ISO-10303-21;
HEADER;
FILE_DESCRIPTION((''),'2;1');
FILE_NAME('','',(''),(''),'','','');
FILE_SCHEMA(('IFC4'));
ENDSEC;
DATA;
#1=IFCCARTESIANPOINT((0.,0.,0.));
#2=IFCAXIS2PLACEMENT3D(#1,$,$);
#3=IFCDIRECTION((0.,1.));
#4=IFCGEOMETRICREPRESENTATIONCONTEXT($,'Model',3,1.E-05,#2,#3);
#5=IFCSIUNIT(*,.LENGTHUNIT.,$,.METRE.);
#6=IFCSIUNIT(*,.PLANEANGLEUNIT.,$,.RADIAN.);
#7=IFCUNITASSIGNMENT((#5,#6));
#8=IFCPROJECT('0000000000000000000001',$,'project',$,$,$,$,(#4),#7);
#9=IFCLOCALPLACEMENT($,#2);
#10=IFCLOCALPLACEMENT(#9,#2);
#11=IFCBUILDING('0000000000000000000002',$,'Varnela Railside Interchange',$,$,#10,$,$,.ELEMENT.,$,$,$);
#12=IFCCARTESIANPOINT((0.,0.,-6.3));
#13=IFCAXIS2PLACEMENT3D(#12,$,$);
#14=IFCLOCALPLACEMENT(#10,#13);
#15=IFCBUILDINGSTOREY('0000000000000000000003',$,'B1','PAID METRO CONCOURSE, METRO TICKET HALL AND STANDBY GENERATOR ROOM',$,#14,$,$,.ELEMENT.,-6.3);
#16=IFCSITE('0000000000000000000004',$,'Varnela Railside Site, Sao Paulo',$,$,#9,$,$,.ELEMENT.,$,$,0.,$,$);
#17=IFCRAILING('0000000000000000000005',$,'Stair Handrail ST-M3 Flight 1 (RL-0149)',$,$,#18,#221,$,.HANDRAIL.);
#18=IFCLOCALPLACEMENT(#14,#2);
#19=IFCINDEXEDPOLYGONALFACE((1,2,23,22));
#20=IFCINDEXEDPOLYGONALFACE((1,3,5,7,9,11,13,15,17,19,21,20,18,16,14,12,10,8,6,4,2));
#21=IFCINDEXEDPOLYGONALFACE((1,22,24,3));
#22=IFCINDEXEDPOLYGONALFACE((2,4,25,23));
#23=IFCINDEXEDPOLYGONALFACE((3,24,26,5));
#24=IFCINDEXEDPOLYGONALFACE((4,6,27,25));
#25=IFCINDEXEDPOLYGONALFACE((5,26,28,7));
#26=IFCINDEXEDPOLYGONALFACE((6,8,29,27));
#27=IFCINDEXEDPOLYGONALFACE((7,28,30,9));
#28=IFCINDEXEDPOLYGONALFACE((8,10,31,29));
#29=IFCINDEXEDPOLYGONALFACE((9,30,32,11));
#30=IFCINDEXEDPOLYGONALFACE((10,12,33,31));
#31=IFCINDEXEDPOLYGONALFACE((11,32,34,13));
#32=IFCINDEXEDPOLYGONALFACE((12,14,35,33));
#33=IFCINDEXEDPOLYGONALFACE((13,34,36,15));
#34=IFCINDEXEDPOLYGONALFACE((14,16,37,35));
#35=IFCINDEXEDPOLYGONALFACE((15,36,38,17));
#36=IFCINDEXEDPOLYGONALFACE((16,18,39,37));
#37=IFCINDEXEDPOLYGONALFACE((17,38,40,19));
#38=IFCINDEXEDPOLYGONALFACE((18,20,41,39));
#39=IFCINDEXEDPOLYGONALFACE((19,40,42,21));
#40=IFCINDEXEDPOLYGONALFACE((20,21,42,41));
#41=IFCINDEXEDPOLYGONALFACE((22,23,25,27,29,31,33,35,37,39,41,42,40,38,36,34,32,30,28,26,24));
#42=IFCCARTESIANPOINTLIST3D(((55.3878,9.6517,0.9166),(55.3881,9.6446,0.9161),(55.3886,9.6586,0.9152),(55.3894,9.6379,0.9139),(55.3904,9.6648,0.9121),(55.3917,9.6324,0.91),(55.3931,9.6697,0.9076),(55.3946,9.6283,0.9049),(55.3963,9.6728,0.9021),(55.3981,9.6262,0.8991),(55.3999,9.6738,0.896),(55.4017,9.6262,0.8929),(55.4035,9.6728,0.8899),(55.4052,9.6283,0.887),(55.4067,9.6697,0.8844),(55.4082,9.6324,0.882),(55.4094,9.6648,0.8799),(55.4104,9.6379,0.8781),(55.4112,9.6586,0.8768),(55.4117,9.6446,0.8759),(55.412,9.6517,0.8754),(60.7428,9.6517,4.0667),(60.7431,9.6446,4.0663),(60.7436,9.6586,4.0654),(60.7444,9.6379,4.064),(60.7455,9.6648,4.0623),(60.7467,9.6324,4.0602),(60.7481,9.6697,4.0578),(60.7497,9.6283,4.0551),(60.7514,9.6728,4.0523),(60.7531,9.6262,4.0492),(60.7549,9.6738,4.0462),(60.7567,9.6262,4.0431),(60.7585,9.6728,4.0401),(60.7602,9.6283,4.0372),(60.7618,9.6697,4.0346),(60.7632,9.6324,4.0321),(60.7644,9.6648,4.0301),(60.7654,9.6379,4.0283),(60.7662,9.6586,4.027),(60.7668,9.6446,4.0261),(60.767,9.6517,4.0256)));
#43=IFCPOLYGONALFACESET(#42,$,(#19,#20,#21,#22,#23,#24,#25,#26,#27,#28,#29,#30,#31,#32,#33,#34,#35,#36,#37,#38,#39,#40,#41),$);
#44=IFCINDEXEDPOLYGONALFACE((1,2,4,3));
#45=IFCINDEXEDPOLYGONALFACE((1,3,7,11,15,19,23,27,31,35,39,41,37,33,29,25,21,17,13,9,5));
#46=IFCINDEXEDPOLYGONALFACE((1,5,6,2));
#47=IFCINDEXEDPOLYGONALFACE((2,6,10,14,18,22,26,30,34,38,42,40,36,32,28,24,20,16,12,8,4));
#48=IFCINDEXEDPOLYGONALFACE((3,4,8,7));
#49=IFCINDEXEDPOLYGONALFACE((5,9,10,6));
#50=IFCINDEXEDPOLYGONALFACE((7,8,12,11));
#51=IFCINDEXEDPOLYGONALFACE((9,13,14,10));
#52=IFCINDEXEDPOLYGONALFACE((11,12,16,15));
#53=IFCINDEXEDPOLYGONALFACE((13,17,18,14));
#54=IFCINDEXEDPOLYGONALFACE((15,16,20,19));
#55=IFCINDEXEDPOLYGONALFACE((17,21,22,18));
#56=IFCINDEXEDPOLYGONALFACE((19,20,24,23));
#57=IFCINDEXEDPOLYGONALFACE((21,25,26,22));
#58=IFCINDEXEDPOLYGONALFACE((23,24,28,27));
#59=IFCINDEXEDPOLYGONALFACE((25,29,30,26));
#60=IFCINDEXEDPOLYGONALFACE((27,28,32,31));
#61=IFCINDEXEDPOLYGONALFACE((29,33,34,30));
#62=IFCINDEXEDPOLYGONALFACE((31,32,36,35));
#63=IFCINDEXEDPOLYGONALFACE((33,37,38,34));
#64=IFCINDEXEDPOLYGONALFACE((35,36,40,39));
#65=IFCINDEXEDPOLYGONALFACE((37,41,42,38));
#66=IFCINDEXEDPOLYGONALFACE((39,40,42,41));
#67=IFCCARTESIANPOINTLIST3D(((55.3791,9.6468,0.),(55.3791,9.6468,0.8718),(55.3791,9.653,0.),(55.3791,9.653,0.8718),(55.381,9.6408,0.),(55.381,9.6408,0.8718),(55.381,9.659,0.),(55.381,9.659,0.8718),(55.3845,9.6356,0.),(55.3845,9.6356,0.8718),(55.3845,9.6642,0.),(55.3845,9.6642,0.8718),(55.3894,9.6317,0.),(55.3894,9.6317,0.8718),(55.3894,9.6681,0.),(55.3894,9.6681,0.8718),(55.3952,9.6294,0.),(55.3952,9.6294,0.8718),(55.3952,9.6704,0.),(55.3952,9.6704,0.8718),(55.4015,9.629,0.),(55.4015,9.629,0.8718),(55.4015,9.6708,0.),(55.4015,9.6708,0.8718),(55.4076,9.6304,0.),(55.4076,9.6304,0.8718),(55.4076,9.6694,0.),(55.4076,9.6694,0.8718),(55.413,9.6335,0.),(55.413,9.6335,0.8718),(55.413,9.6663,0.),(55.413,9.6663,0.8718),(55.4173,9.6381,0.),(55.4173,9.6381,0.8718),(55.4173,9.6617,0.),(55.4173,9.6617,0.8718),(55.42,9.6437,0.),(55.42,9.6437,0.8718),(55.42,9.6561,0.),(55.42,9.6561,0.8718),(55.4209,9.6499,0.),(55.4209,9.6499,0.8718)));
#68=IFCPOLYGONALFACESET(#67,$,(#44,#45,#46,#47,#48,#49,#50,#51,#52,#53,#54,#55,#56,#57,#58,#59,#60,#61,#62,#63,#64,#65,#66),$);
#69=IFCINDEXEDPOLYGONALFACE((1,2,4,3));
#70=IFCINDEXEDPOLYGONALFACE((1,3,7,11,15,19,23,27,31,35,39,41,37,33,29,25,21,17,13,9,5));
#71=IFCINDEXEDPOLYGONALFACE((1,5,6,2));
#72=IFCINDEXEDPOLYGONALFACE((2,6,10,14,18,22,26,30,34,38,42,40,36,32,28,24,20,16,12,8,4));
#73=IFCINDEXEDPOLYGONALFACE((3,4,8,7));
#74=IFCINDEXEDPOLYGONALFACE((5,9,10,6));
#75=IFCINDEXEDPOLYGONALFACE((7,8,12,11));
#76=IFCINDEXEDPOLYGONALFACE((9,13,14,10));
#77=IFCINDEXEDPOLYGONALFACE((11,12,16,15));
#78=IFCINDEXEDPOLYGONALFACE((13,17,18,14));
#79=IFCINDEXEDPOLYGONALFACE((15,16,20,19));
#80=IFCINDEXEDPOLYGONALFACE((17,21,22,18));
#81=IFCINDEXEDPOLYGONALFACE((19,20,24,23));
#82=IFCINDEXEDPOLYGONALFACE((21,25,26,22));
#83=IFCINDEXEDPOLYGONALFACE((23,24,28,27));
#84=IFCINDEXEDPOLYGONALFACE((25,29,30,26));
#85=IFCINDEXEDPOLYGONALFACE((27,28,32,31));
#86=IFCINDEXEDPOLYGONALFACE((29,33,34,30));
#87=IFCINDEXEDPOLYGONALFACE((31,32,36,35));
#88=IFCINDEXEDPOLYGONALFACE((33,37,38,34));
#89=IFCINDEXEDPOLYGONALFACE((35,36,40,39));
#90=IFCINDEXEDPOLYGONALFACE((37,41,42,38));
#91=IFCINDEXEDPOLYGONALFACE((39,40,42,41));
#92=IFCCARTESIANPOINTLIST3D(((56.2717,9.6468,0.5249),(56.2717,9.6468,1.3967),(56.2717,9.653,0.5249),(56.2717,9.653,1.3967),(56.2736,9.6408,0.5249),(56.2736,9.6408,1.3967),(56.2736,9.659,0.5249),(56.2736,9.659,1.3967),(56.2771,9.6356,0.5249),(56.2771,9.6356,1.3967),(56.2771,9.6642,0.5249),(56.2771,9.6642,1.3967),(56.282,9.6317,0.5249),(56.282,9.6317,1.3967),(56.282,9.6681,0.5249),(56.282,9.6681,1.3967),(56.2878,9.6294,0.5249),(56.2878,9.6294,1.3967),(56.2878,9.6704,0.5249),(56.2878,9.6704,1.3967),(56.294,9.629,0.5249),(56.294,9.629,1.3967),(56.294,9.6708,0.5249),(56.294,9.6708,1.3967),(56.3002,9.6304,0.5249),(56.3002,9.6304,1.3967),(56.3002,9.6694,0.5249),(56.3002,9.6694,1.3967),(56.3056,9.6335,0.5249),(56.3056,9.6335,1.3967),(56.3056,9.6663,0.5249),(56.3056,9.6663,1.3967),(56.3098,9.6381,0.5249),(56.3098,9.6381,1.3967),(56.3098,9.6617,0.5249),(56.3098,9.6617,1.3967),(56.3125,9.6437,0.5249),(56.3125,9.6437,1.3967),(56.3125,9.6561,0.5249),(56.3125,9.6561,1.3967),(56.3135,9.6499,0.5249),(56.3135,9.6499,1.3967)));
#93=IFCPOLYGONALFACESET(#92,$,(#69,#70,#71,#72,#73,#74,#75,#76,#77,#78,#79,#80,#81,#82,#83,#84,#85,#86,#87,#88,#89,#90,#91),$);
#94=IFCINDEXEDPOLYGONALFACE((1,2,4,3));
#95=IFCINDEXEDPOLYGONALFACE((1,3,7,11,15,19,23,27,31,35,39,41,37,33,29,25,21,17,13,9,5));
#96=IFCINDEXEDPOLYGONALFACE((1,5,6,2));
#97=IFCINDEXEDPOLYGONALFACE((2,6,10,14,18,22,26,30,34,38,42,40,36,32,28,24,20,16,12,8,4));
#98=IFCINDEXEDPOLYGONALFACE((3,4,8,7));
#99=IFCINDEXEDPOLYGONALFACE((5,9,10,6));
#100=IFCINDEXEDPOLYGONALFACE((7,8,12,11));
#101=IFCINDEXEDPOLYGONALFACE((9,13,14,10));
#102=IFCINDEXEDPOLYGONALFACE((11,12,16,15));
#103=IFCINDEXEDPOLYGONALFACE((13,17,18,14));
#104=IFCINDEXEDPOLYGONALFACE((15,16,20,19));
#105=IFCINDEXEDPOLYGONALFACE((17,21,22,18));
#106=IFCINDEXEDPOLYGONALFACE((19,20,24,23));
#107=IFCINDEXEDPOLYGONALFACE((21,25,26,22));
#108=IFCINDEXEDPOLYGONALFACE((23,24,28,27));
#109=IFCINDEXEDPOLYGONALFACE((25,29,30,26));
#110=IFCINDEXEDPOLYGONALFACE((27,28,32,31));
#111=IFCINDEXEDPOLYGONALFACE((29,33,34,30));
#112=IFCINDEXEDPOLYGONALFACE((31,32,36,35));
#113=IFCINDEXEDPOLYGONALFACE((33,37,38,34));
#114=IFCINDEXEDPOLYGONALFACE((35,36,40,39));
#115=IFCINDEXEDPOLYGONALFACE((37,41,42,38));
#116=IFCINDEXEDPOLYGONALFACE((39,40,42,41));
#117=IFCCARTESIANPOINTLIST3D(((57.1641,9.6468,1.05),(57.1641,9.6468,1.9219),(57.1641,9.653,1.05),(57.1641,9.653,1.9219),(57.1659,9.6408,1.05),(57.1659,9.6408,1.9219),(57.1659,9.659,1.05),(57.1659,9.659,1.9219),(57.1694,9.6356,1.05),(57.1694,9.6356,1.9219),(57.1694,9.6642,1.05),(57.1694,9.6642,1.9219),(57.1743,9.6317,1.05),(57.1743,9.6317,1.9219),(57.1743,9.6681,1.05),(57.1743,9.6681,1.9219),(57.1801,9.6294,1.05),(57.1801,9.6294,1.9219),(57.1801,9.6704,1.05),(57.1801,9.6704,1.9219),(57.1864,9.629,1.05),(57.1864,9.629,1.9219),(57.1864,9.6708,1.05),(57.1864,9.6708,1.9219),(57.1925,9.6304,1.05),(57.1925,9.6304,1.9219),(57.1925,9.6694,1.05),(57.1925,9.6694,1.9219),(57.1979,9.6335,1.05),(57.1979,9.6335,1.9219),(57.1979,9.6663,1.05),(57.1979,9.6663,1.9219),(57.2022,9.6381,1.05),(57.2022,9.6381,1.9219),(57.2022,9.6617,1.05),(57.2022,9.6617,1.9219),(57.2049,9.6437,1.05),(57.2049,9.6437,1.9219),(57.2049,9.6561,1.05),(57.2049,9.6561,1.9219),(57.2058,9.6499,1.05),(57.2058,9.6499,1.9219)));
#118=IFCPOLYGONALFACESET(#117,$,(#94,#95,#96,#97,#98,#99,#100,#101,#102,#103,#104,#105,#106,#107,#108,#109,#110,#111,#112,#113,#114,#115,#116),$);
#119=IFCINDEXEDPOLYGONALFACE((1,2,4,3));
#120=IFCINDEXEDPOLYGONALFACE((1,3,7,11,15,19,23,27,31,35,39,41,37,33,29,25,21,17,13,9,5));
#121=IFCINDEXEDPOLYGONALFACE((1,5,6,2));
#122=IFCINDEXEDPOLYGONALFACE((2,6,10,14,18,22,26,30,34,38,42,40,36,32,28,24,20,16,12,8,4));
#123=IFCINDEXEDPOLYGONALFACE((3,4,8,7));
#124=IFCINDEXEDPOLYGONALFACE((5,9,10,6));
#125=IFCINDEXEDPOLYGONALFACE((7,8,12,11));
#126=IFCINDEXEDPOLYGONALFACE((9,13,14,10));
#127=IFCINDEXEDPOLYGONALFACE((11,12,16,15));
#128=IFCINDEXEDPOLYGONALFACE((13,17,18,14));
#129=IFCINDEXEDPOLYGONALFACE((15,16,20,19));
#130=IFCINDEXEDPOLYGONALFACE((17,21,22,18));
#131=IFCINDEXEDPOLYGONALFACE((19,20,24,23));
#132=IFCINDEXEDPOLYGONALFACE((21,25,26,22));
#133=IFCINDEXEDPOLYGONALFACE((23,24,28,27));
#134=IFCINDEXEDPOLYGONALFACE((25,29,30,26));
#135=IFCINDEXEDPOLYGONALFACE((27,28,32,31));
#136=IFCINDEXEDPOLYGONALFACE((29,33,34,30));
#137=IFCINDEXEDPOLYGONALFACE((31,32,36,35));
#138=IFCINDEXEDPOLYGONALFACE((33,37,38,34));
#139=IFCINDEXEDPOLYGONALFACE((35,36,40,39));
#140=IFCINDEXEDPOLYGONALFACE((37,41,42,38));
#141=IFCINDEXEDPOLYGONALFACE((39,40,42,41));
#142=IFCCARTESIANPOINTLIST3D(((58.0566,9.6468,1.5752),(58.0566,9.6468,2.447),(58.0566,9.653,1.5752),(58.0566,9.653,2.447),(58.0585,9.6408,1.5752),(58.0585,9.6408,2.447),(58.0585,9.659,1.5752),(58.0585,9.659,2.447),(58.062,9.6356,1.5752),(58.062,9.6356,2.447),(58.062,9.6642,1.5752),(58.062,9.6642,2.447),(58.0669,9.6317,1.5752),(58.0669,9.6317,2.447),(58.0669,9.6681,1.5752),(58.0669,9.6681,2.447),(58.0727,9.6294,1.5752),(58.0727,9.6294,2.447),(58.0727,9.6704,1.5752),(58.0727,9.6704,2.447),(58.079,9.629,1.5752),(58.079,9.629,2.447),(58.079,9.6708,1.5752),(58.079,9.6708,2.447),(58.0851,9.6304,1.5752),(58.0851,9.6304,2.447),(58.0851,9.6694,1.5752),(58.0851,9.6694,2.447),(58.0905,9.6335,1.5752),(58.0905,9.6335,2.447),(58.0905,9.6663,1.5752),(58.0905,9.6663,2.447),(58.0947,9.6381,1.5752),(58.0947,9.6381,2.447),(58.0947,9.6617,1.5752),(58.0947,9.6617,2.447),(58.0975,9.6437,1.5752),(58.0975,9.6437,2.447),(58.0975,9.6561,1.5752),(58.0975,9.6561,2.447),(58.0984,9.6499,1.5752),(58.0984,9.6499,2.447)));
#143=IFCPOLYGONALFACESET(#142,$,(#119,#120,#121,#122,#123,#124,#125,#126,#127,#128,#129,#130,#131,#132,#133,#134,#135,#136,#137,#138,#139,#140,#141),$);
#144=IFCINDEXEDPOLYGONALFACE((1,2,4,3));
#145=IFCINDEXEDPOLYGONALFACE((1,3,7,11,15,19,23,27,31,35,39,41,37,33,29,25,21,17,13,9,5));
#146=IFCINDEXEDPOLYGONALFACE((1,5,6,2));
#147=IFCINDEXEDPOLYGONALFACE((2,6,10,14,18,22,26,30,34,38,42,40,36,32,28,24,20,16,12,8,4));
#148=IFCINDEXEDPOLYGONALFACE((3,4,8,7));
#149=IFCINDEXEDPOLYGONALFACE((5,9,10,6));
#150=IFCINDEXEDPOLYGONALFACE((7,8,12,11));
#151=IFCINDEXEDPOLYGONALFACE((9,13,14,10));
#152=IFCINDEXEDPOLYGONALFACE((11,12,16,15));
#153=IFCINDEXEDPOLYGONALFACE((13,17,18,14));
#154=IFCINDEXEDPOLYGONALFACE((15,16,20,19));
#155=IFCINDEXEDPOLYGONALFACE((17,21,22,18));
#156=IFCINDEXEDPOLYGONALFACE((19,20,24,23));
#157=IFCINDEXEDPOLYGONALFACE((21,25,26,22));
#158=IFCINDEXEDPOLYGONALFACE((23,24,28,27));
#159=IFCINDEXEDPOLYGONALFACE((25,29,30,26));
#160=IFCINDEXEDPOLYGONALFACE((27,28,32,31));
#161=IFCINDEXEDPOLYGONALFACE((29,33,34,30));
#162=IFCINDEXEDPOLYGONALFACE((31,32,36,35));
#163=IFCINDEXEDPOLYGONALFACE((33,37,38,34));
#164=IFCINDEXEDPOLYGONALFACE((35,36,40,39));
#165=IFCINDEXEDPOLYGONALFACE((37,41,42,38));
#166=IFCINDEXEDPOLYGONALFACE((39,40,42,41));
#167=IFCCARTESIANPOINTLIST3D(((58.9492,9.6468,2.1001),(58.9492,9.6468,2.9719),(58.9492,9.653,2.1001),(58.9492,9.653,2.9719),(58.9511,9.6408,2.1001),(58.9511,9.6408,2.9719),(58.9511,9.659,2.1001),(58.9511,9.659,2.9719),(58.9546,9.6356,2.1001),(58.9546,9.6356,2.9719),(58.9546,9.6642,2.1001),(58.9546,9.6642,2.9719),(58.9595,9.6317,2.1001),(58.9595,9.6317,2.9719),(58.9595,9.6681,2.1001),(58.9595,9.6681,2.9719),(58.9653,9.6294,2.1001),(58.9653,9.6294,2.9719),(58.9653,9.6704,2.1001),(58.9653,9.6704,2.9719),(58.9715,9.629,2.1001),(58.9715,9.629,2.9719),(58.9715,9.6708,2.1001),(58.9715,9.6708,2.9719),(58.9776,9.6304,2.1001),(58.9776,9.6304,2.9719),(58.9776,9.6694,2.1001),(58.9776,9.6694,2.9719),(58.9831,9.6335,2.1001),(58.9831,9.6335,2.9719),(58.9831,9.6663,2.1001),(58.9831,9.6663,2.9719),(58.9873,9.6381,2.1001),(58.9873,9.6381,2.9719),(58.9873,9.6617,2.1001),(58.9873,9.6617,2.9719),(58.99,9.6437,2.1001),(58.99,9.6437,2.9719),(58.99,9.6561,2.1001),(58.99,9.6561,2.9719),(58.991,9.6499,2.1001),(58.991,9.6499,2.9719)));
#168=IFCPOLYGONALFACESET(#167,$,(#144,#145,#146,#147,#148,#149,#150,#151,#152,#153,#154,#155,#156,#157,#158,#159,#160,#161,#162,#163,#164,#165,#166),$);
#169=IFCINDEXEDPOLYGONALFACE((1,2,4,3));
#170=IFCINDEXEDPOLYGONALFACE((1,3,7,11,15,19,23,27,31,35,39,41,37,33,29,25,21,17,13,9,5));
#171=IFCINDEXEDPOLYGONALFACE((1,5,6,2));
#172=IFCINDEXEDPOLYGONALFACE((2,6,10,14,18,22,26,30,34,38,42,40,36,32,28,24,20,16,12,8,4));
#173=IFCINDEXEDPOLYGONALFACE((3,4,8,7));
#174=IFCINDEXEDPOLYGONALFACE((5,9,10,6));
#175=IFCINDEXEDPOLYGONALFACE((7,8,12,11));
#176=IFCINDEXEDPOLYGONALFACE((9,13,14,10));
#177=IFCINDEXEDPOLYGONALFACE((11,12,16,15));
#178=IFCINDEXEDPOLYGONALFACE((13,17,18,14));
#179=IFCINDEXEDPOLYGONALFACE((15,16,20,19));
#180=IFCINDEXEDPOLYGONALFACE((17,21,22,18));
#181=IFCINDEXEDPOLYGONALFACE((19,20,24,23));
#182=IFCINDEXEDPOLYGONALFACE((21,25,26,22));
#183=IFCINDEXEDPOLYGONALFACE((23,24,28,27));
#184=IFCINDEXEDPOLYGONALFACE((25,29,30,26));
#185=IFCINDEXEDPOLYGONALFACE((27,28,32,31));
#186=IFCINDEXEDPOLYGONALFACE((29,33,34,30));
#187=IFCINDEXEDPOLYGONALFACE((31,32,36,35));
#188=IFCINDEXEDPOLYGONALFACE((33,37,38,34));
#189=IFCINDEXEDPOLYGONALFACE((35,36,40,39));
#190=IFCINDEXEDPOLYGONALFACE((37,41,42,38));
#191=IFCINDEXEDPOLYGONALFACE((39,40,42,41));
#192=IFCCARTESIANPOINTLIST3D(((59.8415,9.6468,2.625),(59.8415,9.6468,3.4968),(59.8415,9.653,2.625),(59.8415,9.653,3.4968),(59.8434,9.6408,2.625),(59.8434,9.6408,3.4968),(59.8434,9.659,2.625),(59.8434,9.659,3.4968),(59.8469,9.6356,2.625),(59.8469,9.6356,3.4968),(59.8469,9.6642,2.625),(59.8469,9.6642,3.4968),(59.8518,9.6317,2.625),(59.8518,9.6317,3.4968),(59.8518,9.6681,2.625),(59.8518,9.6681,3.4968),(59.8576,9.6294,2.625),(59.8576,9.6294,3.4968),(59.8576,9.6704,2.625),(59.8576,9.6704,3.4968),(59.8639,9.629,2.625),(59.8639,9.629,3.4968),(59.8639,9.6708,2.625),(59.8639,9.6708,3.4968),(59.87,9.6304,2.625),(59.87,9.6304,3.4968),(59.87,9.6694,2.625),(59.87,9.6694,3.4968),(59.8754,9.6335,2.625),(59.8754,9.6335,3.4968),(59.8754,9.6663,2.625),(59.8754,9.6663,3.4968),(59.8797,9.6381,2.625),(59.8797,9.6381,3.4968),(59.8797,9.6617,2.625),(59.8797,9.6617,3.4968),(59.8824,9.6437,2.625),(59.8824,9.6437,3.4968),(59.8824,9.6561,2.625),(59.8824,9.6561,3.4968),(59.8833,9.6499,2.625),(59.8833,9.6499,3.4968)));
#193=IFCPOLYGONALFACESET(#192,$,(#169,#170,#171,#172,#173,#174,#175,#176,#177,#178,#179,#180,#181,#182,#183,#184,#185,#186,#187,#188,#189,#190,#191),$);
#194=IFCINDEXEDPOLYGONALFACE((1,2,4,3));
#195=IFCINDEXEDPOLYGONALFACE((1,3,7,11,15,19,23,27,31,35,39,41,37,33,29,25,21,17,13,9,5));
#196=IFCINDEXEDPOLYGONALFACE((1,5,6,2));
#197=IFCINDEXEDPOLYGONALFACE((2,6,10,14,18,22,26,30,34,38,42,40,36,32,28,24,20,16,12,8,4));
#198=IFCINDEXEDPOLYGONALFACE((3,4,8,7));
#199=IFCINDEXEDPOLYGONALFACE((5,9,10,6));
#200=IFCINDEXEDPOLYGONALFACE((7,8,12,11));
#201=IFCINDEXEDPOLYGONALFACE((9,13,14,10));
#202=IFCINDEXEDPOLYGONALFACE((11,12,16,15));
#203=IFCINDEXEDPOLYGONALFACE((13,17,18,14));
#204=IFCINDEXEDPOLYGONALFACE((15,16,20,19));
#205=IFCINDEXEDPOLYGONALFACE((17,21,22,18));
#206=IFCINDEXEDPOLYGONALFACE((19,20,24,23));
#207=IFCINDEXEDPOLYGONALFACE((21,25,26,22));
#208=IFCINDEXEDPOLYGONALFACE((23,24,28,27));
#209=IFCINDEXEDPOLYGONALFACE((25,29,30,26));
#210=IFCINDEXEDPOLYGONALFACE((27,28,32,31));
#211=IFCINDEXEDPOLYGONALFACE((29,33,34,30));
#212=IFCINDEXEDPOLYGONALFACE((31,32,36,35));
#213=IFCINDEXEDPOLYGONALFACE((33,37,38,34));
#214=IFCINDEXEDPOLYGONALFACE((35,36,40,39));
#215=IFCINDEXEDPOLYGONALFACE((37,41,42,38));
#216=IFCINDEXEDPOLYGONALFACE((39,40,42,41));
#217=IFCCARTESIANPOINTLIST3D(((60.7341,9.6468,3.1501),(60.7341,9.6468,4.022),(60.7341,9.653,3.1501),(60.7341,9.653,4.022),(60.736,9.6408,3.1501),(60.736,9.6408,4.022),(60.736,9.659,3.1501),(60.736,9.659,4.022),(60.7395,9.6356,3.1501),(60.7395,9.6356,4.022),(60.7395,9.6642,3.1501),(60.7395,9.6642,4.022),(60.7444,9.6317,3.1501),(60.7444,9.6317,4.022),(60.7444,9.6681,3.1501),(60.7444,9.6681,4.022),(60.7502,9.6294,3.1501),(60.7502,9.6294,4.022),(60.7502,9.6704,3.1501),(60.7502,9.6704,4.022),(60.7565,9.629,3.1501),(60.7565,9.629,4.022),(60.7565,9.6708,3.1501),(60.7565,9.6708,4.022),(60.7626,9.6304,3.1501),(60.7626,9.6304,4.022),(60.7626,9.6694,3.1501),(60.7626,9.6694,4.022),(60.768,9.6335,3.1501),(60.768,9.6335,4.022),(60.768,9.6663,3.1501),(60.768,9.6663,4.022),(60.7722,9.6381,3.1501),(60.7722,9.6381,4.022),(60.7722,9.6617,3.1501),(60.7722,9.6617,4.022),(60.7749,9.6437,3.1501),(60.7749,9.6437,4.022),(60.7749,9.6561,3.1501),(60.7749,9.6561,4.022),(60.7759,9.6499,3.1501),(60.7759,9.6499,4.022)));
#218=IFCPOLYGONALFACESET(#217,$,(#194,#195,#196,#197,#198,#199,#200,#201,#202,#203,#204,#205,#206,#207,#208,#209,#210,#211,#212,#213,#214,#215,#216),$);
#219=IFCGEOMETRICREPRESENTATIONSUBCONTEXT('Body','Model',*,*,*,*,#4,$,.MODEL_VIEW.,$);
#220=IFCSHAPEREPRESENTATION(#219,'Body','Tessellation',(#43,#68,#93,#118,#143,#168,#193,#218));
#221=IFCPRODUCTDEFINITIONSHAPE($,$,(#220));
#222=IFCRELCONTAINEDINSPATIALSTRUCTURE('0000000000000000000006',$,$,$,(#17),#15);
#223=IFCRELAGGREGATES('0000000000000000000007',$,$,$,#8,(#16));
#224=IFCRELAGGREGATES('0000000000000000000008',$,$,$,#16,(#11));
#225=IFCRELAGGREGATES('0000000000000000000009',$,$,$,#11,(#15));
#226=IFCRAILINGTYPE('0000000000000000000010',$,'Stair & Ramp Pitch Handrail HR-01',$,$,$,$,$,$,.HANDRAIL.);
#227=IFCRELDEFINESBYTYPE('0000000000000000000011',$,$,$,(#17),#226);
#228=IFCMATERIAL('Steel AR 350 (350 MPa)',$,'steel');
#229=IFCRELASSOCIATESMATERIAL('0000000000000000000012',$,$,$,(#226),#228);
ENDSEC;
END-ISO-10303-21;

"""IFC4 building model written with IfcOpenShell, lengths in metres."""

from ifc_helpers import new_model, si_unit, direction, frame, origin, origin_2d, place, context, subcontext, project, spatial, circle, extrude, material, type_object, element, save


model = new_model("IFC4")

# Units and contexts
model_context = context("Model", 3, precision=1e-05, world=origin(), true_north=direction((0.0, 1.0)))
body_context = subcontext(model_context, "Body", "Model", "MODEL_VIEW")
ifc_project = project(units=[si_unit("LENGTHUNIT", "METRE"), si_unit("PLANEANGLEUNIT", "RADIAN")], contexts=[model_context])

# Site, building, storey
site_placement = place(None, origin())
site = spatial("IfcSite", under=ifc_project, at=site_placement, Name="Varnela Railside Site, Sao Paulo", CompositionType="ELEMENT", RefElevation=0.0)
building_placement = place(site_placement, origin())
building = spatial("IfcBuilding", under=site, at=building_placement, Name="Varnela Railside Interchange", CompositionType="ELEMENT")
storey_placement = place(building_placement, frame((0.0, 0.0, -6.3)))
storey = spatial("IfcBuildingStorey", under=building, at=storey_placement, Name="B1", Description="PAID METRO CONCOURSE, METRO TICKET HALL AND STANDBY GENERATOR ROOM", CompositionType="ELEMENT", Elevation=-6.3)

# Shared definitions
ifc_material_1 = material(Name="Steel AR 350 (350 MPa)", Category="steel")

# Railing
railing_type_1 = type_object("IfcRailingType", Name="Stair & Ramp Pitch Handrail HR-01", PredefinedType="HANDRAIL", material=ifc_material_1)
railing_1_placement = place(storey_placement, frame((55.3999, 9.6499, 0.0)))
element("IfcRailing", 1, at=railing_1_placement, inside=storey, type_object=railing_type_1, Name="Stair Handrail ST-M3 Flight 1 (RL-0149)", PredefinedType="HANDRAIL", context=body_context, shape_type="SweptSolid", body=[
    extrude(circle(Radius=0.0239, at=origin_2d()), frame((0.0, 0.0, 0.896), z_axis=(0.861923, 0.0, 0.507039), x_axis=(0.0, 1.0, 0.0)), (0.0, 0.0, 1.0), 6.2129),
    extrude(circle(Radius=0.021, at=origin_2d()), origin(), (0.0, 0.0, 1.0), 0.8718),
    extrude(circle(Radius=0.021, at=origin_2d()), frame((0.8926, 0.0, 0.5249)), (0.0, 0.0, 1.0), 0.8718),
    extrude(circle(Radius=0.021, at=origin_2d()), frame((1.7849, 0.0, 1.05)), (0.0, 0.0, 1.0), 0.8718),
    extrude(circle(Radius=0.021, at=origin_2d()), frame((2.6775, 0.0, 1.5752)), (0.0, 0.0, 1.0), 0.8718),
    extrude(circle(Radius=0.021, at=origin_2d()), frame((3.5701, 0.0, 2.1001)), (0.0, 0.0, 1.0), 0.8718),
    extrude(circle(Radius=0.021, at=origin_2d()), frame((4.4624, 0.0, 2.625)), (0.0, 0.0, 1.0), 0.8718),
    extrude(circle(Radius=0.021, at=origin_2d()), frame((5.355, 0.0, 3.1501)), (0.0, 0.0, 1.0), 0.8718),
])

save(model, "model.ifc")
